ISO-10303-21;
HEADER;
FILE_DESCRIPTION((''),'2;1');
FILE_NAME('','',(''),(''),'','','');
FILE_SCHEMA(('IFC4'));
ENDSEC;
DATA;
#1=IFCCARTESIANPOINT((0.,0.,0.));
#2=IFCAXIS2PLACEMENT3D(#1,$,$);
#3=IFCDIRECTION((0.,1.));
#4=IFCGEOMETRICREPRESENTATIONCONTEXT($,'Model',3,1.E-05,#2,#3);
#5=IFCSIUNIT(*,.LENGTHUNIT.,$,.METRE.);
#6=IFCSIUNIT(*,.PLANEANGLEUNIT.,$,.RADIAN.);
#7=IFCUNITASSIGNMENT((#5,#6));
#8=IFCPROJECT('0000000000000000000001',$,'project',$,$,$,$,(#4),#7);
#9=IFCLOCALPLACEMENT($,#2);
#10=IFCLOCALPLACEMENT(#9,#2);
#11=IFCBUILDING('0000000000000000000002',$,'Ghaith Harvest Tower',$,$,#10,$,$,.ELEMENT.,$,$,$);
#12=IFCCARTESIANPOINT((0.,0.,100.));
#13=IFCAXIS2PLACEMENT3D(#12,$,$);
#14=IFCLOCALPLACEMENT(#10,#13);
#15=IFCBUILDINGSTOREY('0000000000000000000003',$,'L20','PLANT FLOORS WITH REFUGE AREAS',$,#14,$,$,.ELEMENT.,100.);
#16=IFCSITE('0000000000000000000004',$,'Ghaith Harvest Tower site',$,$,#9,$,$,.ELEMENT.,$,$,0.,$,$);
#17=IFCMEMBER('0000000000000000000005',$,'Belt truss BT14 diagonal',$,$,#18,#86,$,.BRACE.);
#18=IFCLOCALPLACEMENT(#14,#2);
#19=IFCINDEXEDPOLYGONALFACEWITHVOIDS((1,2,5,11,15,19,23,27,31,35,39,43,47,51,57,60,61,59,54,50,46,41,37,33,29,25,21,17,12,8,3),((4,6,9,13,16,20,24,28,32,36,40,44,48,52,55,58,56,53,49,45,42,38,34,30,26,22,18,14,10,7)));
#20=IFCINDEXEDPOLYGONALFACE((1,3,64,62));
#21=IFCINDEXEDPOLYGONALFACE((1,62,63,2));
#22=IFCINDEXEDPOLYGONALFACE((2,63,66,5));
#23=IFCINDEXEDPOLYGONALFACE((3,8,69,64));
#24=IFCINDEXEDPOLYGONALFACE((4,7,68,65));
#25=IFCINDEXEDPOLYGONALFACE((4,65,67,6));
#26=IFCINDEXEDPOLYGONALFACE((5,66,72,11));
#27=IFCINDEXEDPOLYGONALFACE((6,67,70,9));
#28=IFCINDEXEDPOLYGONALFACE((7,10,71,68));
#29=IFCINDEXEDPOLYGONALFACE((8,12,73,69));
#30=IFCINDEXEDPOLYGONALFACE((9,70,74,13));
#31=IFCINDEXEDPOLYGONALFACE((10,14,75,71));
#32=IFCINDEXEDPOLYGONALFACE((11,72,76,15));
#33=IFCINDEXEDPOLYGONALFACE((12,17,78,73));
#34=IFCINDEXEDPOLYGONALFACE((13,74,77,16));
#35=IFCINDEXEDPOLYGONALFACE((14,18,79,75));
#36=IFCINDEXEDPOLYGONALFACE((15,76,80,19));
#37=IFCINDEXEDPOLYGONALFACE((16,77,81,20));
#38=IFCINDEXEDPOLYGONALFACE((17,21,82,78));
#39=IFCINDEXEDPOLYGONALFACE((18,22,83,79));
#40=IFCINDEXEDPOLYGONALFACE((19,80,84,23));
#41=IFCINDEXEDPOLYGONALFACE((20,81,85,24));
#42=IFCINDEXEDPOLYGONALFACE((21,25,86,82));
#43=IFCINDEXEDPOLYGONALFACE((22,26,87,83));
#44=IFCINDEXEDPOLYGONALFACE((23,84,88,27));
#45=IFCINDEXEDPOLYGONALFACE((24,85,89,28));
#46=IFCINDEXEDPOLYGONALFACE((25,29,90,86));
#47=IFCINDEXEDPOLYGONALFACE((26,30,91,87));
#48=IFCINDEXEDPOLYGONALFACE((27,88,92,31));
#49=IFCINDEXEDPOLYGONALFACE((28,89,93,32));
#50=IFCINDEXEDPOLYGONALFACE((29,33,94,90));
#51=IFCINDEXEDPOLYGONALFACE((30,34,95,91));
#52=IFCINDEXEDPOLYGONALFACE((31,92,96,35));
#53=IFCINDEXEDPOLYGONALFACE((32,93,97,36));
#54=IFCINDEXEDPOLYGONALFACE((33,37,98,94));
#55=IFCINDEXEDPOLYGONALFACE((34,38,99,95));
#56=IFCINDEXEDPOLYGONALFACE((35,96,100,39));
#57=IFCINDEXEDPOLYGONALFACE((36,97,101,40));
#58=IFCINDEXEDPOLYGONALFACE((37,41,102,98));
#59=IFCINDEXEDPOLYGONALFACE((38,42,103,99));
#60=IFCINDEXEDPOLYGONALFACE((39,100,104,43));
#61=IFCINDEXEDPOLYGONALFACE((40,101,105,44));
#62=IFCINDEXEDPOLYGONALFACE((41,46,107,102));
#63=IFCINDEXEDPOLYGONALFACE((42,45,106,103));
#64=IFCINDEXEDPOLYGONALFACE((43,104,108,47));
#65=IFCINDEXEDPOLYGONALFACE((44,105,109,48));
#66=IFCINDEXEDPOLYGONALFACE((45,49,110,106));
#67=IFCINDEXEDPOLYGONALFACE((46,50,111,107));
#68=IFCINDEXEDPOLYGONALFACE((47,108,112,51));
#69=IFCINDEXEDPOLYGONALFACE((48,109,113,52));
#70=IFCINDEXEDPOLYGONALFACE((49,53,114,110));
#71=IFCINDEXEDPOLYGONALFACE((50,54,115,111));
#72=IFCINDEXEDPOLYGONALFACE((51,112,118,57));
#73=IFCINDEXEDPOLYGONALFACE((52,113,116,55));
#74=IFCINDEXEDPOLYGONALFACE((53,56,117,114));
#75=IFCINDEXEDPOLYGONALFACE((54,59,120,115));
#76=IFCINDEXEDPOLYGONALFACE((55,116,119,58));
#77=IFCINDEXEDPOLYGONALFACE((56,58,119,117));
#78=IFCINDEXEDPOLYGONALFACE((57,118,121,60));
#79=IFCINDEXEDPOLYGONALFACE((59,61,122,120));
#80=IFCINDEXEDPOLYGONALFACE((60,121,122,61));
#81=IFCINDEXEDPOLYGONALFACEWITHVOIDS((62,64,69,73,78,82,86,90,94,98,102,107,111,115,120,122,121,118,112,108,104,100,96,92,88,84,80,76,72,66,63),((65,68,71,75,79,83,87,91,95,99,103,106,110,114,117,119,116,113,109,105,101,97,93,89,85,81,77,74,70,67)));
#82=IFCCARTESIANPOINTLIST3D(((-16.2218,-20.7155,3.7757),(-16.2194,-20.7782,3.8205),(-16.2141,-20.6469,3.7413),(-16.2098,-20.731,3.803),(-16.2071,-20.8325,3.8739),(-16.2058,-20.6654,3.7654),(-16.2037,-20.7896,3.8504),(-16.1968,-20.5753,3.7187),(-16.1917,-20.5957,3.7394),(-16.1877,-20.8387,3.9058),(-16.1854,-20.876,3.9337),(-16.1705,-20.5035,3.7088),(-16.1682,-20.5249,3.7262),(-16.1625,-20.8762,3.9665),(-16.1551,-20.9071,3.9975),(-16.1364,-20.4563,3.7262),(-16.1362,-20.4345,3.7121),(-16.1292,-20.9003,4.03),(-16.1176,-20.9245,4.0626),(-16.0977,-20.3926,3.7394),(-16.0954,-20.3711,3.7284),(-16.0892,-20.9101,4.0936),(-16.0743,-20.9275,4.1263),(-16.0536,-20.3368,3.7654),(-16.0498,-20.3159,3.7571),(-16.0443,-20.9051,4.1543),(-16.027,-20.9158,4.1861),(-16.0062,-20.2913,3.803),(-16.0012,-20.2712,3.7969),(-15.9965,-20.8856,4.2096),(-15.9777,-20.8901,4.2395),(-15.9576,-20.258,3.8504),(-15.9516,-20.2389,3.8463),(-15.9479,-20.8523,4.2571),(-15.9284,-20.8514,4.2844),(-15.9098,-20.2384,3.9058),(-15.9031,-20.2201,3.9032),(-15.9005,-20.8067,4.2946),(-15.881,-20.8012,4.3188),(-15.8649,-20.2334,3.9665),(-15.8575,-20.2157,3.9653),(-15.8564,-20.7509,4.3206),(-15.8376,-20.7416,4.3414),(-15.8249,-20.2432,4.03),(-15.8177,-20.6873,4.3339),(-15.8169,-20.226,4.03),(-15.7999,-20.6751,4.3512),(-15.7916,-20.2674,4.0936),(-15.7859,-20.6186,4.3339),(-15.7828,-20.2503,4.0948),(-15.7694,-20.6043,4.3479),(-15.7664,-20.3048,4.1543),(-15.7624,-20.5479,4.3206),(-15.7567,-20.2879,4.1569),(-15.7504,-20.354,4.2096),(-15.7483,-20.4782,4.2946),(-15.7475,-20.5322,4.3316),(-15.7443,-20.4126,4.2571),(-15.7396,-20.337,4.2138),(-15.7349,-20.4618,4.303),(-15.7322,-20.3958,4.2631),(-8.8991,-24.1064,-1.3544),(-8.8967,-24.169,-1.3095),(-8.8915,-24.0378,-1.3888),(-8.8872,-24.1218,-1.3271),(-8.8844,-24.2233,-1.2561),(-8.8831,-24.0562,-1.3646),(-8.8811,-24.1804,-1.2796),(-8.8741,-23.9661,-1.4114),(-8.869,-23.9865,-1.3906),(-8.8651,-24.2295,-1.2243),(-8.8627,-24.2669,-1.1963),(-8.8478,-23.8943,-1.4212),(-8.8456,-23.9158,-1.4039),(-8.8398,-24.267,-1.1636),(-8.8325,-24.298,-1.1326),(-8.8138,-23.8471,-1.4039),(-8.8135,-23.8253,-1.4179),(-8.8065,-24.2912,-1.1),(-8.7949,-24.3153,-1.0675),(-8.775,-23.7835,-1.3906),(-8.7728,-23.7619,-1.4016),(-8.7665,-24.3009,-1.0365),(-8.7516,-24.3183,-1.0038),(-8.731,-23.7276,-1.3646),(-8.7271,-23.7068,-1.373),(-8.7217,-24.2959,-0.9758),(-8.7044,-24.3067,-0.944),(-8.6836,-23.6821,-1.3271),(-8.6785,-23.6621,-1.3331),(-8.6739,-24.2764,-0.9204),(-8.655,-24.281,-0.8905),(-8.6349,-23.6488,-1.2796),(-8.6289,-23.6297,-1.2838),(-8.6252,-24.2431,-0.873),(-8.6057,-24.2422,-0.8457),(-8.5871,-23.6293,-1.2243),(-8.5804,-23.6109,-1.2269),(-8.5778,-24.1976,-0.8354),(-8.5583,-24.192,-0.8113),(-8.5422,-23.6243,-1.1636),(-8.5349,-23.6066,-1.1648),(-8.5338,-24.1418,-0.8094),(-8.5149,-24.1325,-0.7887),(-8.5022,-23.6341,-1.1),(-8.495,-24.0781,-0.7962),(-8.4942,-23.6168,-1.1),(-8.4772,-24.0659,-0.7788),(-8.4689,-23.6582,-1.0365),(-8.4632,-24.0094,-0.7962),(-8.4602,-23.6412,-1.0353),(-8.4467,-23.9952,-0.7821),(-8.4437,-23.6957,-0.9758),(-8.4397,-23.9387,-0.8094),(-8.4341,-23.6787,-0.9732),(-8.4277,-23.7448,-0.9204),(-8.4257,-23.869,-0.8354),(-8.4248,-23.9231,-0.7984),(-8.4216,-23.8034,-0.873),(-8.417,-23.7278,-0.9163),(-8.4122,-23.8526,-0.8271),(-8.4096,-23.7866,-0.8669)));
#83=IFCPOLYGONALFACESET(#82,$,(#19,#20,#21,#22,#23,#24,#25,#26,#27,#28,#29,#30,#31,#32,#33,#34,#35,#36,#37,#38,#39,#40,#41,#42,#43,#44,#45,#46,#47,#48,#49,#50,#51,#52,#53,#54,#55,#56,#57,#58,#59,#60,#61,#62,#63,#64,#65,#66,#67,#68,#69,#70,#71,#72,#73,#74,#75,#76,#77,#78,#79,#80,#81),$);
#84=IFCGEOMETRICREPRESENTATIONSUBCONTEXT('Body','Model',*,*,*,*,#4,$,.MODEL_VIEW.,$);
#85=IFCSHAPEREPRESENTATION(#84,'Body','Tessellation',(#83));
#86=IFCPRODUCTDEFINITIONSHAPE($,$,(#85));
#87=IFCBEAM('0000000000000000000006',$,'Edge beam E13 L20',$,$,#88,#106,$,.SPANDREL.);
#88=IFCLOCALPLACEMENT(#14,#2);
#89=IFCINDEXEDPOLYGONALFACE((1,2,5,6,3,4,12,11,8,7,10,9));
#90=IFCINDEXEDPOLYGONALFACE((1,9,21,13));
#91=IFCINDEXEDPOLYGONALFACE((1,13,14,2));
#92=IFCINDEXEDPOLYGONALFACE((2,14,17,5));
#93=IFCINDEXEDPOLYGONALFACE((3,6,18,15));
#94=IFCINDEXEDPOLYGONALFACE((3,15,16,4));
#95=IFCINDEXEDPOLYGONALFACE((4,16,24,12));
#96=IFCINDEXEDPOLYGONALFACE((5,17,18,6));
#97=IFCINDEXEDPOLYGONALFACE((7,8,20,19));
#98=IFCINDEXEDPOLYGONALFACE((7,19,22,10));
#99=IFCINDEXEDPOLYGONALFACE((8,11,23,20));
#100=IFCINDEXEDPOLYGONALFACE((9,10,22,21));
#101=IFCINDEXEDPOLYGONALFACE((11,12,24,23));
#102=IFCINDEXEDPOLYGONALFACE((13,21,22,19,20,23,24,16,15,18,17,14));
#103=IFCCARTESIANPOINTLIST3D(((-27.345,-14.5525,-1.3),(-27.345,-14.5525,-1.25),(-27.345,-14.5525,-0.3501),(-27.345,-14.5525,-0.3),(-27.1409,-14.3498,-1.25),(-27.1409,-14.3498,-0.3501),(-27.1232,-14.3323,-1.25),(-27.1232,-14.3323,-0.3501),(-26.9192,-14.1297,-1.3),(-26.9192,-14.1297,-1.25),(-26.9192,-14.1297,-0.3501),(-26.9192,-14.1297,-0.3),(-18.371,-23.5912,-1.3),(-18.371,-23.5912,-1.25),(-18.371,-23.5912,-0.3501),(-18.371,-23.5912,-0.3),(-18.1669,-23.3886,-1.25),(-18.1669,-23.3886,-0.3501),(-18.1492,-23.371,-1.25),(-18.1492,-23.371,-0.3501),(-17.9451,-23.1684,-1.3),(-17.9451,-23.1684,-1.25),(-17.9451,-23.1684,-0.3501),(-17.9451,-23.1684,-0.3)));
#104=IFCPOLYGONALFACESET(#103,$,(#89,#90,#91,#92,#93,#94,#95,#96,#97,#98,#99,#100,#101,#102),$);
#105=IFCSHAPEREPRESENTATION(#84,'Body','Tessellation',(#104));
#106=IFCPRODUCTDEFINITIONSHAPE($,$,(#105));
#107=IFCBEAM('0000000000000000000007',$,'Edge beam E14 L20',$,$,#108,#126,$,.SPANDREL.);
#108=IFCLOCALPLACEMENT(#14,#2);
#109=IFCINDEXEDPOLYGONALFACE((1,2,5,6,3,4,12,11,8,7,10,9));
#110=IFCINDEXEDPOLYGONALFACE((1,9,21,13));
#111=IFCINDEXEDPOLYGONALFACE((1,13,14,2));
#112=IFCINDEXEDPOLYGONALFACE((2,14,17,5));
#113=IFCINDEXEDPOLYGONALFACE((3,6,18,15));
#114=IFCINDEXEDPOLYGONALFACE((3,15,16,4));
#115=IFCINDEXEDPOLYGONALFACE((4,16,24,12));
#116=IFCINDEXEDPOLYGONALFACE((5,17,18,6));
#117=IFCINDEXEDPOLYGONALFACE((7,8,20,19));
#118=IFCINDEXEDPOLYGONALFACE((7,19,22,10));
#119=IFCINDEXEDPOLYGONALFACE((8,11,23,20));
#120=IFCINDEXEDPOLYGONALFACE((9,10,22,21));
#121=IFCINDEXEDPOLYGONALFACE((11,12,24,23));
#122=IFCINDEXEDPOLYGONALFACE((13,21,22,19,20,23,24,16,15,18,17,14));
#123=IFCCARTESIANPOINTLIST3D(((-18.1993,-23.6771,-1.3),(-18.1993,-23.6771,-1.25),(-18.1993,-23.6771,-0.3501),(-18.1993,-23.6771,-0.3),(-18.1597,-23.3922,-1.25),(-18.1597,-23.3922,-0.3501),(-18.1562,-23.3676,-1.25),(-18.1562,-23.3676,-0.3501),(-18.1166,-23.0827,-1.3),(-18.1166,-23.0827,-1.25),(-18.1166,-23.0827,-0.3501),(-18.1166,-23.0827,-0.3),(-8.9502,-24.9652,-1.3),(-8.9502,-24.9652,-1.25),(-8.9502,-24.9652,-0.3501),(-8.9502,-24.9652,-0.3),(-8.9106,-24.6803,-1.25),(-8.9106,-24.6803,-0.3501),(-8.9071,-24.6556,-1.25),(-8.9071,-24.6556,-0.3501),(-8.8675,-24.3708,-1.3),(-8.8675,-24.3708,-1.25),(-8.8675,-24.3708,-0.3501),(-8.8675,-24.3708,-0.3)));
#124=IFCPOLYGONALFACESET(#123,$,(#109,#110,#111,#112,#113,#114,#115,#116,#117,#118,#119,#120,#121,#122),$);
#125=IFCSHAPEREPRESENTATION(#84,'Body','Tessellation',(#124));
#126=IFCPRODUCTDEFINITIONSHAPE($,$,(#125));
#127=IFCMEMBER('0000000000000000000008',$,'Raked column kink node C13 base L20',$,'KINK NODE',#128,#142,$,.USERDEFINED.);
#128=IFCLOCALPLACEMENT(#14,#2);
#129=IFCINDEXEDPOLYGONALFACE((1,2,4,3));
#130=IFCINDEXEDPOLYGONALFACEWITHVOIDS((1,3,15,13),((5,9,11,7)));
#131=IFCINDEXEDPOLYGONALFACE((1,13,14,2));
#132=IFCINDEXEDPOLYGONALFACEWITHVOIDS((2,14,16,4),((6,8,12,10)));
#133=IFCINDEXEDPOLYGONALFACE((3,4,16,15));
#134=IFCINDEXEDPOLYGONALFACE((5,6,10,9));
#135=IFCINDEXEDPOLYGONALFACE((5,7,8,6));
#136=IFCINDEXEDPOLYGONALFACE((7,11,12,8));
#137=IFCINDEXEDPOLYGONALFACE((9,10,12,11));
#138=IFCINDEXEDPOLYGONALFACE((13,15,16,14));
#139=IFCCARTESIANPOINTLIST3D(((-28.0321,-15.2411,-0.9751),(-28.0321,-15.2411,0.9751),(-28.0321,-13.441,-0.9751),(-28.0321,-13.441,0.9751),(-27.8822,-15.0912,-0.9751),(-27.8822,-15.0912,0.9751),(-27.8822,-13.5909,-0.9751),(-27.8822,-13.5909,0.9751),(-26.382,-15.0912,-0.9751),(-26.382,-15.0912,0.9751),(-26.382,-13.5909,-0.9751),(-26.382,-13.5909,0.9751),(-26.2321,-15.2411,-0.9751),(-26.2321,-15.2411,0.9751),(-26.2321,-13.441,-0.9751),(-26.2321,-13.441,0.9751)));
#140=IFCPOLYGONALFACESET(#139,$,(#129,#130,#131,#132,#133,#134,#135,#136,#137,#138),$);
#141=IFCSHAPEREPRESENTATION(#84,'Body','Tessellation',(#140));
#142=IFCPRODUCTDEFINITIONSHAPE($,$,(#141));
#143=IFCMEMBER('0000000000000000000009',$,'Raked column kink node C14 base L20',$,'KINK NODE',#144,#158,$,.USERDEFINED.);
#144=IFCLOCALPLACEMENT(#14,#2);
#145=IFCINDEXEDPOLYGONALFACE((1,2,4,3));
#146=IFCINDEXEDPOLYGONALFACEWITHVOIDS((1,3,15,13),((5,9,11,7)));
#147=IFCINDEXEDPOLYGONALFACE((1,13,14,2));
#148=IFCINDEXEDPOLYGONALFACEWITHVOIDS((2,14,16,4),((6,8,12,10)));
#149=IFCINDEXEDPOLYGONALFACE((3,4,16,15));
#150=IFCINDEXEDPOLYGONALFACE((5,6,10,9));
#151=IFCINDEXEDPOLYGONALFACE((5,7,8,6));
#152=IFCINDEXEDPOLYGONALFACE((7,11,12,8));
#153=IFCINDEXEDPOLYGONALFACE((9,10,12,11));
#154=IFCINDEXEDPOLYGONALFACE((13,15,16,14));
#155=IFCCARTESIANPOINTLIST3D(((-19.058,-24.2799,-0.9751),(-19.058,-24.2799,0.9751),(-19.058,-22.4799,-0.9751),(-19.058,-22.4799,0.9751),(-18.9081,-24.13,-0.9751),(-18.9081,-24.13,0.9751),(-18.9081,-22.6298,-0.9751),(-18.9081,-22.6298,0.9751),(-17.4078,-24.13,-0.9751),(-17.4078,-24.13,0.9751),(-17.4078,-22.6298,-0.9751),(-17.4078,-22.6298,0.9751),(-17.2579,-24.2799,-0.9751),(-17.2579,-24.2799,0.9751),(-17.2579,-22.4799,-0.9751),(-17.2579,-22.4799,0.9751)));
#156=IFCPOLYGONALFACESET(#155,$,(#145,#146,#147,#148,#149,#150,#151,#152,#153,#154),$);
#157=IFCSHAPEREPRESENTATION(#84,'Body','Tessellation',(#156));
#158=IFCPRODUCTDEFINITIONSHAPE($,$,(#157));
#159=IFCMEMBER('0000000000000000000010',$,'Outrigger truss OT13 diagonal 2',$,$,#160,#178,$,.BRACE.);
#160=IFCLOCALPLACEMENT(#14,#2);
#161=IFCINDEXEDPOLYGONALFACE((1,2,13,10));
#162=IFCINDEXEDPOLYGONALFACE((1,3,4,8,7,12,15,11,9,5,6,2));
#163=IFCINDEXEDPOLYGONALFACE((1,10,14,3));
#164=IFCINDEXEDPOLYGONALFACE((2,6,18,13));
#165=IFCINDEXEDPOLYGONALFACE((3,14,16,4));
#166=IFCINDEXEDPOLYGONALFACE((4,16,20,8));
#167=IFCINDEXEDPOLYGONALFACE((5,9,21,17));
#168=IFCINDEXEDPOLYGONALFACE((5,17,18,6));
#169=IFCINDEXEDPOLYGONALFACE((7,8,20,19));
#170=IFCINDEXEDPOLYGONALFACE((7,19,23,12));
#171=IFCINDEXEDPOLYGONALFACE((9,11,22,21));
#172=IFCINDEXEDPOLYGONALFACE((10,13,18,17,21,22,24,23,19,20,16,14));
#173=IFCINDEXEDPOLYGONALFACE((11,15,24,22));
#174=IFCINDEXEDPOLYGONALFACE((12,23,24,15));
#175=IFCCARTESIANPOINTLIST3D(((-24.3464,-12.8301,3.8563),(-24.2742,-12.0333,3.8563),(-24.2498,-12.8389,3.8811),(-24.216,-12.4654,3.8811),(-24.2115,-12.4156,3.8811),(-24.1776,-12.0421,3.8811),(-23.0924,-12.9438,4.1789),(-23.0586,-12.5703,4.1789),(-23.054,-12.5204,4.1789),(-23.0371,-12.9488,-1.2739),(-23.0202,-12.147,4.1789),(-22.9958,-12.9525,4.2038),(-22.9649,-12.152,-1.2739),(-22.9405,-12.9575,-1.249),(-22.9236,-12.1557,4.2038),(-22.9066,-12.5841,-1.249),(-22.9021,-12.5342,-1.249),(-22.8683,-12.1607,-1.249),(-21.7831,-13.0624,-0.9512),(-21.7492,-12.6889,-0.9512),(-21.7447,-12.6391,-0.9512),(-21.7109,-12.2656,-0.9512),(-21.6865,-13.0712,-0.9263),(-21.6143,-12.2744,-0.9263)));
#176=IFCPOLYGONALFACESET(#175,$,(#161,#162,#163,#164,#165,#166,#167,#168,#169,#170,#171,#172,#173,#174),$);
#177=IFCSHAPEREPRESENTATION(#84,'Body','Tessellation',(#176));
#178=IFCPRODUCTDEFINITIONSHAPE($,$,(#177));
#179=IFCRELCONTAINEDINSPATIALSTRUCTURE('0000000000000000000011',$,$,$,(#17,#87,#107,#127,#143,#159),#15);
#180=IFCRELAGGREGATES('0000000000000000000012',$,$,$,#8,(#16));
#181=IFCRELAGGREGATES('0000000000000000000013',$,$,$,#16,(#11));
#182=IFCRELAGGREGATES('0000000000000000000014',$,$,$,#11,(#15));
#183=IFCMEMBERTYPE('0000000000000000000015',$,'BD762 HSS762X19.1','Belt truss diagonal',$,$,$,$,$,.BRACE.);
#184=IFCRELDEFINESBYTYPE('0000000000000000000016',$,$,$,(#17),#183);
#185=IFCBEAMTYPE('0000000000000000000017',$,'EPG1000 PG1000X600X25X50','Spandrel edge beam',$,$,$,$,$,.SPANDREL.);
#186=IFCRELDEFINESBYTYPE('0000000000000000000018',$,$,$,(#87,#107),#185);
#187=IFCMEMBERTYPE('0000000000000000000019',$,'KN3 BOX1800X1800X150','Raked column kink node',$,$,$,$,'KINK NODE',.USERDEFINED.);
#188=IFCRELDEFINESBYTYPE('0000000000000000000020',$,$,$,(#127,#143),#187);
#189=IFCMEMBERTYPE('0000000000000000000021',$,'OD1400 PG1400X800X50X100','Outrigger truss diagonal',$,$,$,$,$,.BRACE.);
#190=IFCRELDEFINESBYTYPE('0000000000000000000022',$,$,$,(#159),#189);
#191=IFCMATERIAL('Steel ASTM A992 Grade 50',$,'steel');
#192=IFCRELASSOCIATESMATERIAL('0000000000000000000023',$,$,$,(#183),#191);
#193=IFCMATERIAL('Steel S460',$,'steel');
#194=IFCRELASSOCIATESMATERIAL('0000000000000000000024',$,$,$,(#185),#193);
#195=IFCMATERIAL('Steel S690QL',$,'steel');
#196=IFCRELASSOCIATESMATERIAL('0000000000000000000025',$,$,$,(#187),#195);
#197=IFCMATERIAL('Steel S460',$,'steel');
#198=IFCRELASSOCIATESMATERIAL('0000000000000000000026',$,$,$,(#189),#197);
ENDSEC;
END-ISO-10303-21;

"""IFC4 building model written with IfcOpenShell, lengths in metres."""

from ifc_helpers import new_model, si_unit, direction, frame, origin, origin_2d, place, context, subcontext, project, spatial, hollow_rectangle, hollow_circle, i_section, extrude, material, material_profile, profile_set, type_object, element, save


model = new_model("IFC4")

# Units and contexts
model_context = context("Model", 3, precision=1e-05, world=origin(), true_north=direction((0.0, 1.0)))
body_context = subcontext(model_context, "Body", "Model", "MODEL_VIEW")
ifc_project = project(units=[si_unit("LENGTHUNIT", "METRE"), si_unit("PLANEANGLEUNIT", "RADIAN")], contexts=[model_context])

# Site, building, storey
site_placement = place(None, origin())
site = spatial("IfcSite", under=ifc_project, at=site_placement, Name="Ghaith Harvest Tower site", CompositionType="ELEMENT", RefElevation=0.0)
building_placement = place(site_placement, origin())
building = spatial("IfcBuilding", under=site, at=building_placement, Name="Ghaith Harvest Tower", CompositionType="ELEMENT")
storey_placement = place(building_placement, frame((0.0, 0.0, 100.0)))
storey = spatial("IfcBuildingStorey", under=building, at=storey_placement, Name="L20", Description="PLANT FLOORS WITH REFUGE AREAS", CompositionType="ELEMENT", Elevation=100.0)

# Member
ifc_material_1 = material(Name="Steel ASTM A992 Grade 50", Category="steel")
ifc_material_profile_1 = material_profile(ifc_material_1, hollow_circle(Radius=0.3811, WallThickness=0.019, at=origin_2d()), Name="HSS762X19.1")
ifc_profile_set_1 = profile_set([ifc_material_profile_1], Name="Steel ASTM A992 Grade 50")
member_type_1 = type_object("IfcMemberType", Name="BD762 HSS762X19.1", Description="Belt truss diagonal", PredefinedType="BRACE", material=ifc_profile_set_1)
member_1_placement = place(storey_placement, frame((-15.9771, -20.5718, 4.03), z_axis=(0.765789, -0.354606, -0.536491), x_axis=(0.420196, 0.907434, 0.0)))
element("IfcMember", 1, at=member_1_placement, inside=storey, type_object=member_type_1, Name="Belt truss BT14 diagonal", PredefinedType="BRACE", context=body_context, shape_type="SweptSolid", body=[
    extrude(hollow_circle(Radius=0.3811, WallThickness=0.019, at=origin_2d()), origin(), (0.0, 0.0, 1.0), 9.5623),
])

# Beams
ifc_material_2 = material(Name="Steel S460", Category="steel")
ifc_material_profile_2 = material_profile(ifc_material_2, i_section(OverallWidth=0.6001, OverallDepth=1.0, WebThickness=0.0249, FlangeThickness=0.05, at=origin_2d()), Name="PG1000X600X25X50")
ifc_profile_set_2 = profile_set([ifc_material_profile_2], Name="Steel S460")
beam_type = type_object("IfcBeamType", Name="EPG1000 PG1000X600X25X50", Description="Spandrel edge beam", PredefinedType="SPANDREL", material=ifc_profile_set_2)
beam_1_placement = place(storey_placement, frame((-27.1321, -14.3411, -0.8), z_axis=(0.704563, -0.709642, 0.0), x_axis=(0.709642, 0.704563, 0.0)))
element("IfcBeam", 2, at=beam_1_placement, inside=storey, type_object=beam_type, Name="Edge beam E13 L20", PredefinedType="SPANDREL", context=body_context, shape_type="SweptSolid", body=[
    extrude(i_section(OverallWidth=0.6001, OverallDepth=1.0, WebThickness=0.0249, FlangeThickness=0.05, at=origin_2d()), origin(), (0.0, 0.0, 1.0), 12.7371),
])
beam_2_placement = place(storey_placement, frame((-18.158, -23.3799, -0.8), z_axis=(0.990441, -0.137936, 0.0), x_axis=(0.137936, 0.990441, 0.0)))
element("IfcBeam", 3, at=beam_2_placement, inside=storey, type_object=beam_type, Name="Edge beam E14 L20", PredefinedType="SPANDREL", context=body_context, shape_type="SweptSolid", body=[
    extrude(i_section(OverallWidth=0.6001, OverallDepth=1.0, WebThickness=0.0249, FlangeThickness=0.05, at=origin_2d()), origin(), (0.0, 0.0, 1.0), 9.3384),
])

# Members
ifc_material_3 = material(Name="Steel S690QL", Category="steel")
ifc_material_profile_3 = material_profile(ifc_material_3, hollow_rectangle(XDim=1.8, YDim=1.8, WallThickness=0.1499, at=origin_2d()), Name="BOX1800X1800X150")
ifc_profile_set_3 = profile_set([ifc_material_profile_3], Name="Steel S690QL")
member_type_2 = type_object("IfcMemberType", Name="KN3 BOX1800X1800X150", Description="Raked column kink node", ElementType="KINK NODE", PredefinedType="USERDEFINED", material=ifc_profile_set_3)
for number, where, z_axis, x_axis, name in (
    (4, (-27.1321, -14.3411, -0.9751), (0.0, 0.0, 1.0), (1.0, 0.0, 0.0), "Raked column kink node C13 base L20"),
    (5, (-18.158, -23.3799, -0.9751), (0.0, 0.0, 1.0), (1.0, 0.0, 0.0), "Raked column kink node C14 base L20"),
):
    element("IfcMember", number, at=place(storey_placement, frame(where, z_axis=z_axis, x_axis=x_axis)), inside=storey, type_object=member_type_2, Name=name, ObjectType="KINK NODE", PredefinedType="USERDEFINED", context=body_context, shape_type="SweptSolid", body=[
        extrude(hollow_rectangle(XDim=1.8, YDim=1.8, WallThickness=0.1499, at=origin_2d()), origin(), (0.0, 0.0, 1.0), 1.9502),
    ])
ifc_material_4 = material(Name="Steel S460", Category="steel")
ifc_material_profile_4 = material_profile(ifc_material_4, i_section(OverallWidth=0.8, OverallDepth=1.3999, WebThickness=0.05, FlangeThickness=0.1001, at=origin_2d()), Name="PG1400X800X50X100")
ifc_profile_set_4 = profile_set([ifc_material_profile_4], Name="Steel S460")
member_type_3 = type_object("IfcMemberType", Name="OD1400 PG1400X800X50X100", Description="Outrigger truss diagonal", PredefinedType="BRACE", material=ifc_profile_set_4)
member_2_placement = place(storey_placement, frame((-22.3257, -12.6116, -1.1001), z_axis=(-0.247234, 0.022405, 0.968697), x_axis=(-0.090251, -0.995919, 0.0)))
element("IfcMember", 6, at=member_2_placement, inside=storey, type_object=member_type_3, Name="Outrigger truss OT13 diagonal 2", PredefinedType="BRACE", context=body_context, shape_type="SweptSolid", body=[
    extrude(i_section(OverallWidth=0.8, OverallDepth=1.3999, WebThickness=0.05, FlangeThickness=0.1001, at=origin_2d()), origin(), (0.0, 0.0, 1.0), 5.2959),
])

save(model, "model.ifc")
